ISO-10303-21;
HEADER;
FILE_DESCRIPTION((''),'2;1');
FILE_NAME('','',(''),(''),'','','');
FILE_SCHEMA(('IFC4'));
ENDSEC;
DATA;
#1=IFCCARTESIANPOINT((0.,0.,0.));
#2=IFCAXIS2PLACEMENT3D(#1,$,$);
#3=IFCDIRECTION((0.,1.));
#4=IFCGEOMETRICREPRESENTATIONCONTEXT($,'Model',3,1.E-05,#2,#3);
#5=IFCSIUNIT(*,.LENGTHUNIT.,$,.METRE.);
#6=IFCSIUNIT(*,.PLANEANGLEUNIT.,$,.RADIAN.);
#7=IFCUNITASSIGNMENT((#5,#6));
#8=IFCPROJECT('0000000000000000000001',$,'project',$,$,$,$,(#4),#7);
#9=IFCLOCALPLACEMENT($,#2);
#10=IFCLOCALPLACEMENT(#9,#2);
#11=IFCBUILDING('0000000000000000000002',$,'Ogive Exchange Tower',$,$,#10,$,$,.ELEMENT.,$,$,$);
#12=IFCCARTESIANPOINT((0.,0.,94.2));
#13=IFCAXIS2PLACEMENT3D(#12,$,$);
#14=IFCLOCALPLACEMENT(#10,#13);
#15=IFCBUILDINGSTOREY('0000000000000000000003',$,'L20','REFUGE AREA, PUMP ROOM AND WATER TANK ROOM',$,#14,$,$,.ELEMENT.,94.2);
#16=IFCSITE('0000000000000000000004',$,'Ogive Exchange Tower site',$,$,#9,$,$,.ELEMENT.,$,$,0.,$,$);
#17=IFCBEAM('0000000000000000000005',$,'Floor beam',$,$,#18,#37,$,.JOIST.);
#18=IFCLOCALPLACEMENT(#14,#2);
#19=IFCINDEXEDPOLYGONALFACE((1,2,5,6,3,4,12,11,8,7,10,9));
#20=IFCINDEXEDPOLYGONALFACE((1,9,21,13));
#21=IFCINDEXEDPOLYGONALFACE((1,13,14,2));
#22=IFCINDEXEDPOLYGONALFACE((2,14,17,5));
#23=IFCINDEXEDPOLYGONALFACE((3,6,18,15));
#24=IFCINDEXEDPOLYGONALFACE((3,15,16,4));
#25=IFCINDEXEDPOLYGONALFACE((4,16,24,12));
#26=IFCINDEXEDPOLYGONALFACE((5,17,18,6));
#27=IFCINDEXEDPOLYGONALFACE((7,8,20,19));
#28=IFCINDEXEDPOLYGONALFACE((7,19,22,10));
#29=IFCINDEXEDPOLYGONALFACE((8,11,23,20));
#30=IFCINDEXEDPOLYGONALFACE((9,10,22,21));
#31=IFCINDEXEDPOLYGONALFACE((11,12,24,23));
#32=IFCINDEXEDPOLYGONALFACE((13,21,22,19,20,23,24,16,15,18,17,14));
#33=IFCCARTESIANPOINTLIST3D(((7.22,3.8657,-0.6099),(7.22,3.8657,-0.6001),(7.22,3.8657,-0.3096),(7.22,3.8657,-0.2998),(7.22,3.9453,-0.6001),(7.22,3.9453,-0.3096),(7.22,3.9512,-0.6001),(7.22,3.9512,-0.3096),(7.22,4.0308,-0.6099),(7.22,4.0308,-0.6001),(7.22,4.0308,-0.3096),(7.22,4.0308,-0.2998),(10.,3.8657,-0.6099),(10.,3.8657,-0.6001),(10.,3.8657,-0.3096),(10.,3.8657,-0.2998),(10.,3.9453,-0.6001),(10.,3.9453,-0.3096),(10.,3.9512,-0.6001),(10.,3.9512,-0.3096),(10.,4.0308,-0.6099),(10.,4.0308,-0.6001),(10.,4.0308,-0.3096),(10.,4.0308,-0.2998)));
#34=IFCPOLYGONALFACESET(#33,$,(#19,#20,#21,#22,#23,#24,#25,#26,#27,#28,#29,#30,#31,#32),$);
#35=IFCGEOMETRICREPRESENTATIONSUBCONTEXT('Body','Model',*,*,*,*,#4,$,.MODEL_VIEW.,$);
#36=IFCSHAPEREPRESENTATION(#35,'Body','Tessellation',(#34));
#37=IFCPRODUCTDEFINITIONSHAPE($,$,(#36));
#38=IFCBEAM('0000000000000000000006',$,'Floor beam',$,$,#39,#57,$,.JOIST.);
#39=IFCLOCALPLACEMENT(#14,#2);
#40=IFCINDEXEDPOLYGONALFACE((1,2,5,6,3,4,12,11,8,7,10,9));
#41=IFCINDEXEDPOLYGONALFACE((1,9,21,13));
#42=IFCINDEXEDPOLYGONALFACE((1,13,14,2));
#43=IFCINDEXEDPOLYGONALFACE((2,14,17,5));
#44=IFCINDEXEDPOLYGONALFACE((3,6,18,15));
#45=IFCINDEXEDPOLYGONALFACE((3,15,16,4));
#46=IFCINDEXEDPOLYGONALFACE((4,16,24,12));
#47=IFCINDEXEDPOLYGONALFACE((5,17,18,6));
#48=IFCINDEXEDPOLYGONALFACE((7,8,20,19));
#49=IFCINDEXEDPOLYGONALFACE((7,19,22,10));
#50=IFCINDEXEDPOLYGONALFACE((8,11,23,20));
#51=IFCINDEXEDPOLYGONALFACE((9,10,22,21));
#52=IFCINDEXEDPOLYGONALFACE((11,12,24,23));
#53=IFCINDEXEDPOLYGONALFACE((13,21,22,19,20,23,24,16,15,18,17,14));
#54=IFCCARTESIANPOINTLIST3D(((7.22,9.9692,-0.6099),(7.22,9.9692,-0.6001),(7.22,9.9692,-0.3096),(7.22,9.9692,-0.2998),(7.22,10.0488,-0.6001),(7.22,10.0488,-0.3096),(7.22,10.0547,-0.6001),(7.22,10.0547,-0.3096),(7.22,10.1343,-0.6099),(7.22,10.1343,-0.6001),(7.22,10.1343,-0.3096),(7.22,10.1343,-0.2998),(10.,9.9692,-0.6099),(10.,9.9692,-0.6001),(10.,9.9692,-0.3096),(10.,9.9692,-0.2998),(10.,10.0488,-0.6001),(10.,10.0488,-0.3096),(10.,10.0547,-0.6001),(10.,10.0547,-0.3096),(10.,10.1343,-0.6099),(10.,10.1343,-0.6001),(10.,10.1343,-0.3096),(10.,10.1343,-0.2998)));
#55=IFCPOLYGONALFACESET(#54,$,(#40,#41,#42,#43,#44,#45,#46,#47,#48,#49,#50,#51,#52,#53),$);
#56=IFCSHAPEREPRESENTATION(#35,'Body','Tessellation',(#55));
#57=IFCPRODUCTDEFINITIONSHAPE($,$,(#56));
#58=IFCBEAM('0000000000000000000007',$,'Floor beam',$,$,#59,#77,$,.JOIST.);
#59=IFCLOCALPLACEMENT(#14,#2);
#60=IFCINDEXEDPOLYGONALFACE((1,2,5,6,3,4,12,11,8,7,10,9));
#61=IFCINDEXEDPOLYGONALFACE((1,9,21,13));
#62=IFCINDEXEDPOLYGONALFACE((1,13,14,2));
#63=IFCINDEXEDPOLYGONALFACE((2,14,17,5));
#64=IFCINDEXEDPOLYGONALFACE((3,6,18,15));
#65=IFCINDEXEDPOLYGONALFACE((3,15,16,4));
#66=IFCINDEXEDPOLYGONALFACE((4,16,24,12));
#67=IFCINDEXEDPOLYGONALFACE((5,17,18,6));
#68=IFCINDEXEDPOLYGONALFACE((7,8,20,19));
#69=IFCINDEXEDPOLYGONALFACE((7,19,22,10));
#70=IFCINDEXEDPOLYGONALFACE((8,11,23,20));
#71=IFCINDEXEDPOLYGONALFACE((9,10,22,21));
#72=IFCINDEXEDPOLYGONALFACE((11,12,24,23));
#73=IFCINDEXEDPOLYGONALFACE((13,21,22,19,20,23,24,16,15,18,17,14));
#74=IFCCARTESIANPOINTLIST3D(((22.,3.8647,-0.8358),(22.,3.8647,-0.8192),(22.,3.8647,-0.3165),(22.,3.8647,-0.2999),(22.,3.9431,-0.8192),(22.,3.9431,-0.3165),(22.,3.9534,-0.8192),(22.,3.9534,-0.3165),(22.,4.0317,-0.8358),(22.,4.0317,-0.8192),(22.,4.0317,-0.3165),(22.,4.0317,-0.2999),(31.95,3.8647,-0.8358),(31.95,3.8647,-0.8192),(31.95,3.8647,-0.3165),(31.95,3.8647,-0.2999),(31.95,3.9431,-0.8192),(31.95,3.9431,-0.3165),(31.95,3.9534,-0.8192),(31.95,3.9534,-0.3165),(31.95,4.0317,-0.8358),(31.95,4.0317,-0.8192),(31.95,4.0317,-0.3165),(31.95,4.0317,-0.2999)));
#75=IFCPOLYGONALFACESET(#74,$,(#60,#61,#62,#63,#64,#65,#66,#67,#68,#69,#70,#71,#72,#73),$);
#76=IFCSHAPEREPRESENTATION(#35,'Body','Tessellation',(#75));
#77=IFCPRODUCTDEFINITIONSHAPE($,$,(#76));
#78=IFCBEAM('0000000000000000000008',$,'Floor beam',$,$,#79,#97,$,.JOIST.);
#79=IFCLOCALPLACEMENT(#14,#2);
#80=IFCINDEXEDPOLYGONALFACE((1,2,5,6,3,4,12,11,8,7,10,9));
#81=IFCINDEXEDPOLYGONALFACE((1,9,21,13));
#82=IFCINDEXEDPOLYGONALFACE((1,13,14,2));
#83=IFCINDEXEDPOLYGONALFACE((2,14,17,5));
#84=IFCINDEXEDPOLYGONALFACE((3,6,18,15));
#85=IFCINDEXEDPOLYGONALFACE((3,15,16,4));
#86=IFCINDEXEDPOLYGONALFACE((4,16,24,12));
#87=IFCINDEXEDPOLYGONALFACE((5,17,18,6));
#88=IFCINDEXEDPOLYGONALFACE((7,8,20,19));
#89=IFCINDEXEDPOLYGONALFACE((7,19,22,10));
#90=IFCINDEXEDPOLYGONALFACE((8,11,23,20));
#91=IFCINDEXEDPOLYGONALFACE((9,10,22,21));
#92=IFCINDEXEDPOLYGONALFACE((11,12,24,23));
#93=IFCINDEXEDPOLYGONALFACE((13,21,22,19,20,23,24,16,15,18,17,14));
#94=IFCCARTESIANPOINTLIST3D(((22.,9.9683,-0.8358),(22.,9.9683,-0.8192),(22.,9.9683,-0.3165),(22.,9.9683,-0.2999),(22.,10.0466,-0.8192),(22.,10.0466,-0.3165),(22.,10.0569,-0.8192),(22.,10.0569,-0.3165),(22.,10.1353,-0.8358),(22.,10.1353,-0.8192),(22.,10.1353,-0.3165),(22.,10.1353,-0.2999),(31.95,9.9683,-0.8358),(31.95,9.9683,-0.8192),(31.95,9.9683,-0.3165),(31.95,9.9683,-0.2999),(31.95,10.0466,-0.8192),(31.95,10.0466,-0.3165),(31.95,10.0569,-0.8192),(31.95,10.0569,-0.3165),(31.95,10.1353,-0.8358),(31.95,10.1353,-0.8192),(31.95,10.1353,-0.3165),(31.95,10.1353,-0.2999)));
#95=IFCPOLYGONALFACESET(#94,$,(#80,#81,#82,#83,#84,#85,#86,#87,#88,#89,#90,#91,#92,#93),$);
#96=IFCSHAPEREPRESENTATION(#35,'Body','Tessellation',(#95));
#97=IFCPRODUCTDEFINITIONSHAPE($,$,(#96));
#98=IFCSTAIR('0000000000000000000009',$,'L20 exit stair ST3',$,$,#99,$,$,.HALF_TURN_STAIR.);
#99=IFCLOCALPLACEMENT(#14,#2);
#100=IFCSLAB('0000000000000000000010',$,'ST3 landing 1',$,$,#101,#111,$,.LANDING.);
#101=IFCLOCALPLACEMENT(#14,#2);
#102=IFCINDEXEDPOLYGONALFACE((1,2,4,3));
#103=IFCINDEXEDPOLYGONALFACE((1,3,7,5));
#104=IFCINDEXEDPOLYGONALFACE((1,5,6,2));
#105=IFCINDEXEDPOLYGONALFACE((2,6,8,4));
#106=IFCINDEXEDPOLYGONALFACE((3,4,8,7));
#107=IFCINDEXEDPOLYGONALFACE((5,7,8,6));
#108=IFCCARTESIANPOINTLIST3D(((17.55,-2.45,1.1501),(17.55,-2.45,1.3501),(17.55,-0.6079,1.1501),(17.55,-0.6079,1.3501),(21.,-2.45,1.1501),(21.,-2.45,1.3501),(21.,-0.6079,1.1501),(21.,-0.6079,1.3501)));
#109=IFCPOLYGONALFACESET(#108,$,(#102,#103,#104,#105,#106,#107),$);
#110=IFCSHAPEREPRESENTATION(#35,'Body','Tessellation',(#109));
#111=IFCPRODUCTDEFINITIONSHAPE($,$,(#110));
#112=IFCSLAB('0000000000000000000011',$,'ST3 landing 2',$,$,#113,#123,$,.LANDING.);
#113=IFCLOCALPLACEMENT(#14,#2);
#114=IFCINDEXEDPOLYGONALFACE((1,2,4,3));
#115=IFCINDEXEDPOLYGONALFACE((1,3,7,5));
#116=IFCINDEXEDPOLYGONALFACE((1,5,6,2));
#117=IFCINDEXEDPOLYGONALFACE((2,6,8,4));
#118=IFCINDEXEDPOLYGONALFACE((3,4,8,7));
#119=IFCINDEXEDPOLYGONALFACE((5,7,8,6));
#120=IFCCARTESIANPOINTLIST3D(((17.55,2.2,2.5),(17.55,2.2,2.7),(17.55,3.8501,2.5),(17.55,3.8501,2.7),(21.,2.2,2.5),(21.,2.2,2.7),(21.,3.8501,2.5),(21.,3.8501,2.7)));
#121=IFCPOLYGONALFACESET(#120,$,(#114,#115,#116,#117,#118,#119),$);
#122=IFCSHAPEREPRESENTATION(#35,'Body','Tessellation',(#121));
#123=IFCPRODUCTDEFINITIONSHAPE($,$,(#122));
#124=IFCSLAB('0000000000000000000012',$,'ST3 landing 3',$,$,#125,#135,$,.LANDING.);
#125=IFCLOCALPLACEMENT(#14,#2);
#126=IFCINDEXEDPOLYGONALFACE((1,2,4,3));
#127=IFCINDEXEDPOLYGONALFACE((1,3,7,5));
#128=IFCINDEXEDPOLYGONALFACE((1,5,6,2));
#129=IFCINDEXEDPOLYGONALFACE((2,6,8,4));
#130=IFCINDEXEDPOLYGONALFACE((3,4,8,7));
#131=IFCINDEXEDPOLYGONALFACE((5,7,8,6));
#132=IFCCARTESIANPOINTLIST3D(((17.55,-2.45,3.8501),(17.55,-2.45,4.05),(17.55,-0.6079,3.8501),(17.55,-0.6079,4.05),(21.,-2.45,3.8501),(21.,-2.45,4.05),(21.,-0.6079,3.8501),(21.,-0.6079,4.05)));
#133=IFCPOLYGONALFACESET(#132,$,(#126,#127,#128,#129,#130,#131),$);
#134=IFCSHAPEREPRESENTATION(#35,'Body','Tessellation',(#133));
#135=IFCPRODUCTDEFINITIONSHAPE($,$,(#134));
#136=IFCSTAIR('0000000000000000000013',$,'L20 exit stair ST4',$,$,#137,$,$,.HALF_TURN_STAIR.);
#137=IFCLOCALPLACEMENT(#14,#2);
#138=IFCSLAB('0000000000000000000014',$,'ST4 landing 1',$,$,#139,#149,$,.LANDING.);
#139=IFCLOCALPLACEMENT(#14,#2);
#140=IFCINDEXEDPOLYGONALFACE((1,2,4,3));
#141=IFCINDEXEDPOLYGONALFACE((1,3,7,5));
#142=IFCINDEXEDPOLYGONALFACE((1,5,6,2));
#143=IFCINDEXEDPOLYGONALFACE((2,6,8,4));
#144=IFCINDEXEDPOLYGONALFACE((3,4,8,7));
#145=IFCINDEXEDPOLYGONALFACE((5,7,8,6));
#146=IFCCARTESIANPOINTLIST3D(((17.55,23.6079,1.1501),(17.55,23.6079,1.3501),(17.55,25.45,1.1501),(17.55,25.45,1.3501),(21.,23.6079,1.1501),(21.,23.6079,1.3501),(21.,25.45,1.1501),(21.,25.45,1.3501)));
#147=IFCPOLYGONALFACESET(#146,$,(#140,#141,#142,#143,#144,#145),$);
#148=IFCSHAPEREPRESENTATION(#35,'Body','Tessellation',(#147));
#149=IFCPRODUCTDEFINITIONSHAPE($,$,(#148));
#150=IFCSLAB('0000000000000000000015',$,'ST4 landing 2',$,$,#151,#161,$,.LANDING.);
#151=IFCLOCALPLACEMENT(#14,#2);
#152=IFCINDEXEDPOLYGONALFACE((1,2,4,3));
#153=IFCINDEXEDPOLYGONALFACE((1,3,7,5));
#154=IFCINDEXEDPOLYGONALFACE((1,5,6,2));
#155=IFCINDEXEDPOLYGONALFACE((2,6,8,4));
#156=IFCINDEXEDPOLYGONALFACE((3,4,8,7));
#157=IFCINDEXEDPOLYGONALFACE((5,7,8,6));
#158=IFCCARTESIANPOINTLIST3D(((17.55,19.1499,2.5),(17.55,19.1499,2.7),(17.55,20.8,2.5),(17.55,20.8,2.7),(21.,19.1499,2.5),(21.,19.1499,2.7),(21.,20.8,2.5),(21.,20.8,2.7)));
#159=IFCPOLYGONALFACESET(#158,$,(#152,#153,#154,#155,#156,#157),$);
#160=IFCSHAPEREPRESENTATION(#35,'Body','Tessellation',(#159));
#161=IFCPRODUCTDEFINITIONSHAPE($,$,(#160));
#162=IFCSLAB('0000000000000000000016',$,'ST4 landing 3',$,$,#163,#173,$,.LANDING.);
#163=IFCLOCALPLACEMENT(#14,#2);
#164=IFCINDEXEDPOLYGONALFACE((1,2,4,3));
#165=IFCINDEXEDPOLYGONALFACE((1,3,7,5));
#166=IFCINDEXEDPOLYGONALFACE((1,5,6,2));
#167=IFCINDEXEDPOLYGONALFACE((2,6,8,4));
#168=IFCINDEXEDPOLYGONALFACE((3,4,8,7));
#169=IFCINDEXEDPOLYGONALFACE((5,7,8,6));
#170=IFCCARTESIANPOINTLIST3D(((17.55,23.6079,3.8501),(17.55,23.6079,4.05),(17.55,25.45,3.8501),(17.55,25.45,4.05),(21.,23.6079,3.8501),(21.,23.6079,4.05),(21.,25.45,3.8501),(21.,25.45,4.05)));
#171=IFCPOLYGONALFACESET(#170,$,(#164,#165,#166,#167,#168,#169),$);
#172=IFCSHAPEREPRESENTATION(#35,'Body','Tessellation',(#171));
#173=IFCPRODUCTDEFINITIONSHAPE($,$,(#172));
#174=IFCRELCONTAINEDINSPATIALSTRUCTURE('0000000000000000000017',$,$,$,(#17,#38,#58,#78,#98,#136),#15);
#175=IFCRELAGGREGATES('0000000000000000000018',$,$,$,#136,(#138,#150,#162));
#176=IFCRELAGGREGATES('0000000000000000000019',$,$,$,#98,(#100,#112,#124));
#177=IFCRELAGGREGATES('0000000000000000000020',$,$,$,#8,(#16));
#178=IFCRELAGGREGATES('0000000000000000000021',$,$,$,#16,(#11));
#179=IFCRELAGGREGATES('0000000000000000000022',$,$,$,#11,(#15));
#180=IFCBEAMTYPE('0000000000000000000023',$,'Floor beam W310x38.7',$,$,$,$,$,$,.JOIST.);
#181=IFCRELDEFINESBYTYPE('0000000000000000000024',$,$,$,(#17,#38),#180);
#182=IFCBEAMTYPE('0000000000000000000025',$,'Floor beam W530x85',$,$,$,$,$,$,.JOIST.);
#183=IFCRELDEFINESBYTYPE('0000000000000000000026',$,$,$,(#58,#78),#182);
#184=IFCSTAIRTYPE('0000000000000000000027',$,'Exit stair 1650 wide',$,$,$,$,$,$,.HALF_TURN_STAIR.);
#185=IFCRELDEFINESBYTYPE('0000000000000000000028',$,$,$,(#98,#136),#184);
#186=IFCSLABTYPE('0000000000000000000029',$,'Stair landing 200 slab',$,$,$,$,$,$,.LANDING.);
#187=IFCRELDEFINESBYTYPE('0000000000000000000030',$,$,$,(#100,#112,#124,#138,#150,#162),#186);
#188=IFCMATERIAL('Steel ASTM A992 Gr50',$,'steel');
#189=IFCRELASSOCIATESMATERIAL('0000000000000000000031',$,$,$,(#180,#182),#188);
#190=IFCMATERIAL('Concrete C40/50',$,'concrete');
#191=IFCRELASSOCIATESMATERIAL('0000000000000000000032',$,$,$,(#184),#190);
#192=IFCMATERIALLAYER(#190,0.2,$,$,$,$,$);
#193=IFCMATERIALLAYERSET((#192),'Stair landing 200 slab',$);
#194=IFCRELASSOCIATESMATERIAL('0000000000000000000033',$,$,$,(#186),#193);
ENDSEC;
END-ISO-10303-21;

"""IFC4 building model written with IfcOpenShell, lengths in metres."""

from ifc_helpers import new_model, si_unit, direction, frame, origin, origin_2d, place, context, subcontext, project, spatial, polyline, i_section, outline, extrude, material, layer, layer_set, material_profile, profile_set, type_object, element, aggregate, save


model = new_model("IFC4")

# Units and contexts
model_context = context("Model", 3, precision=1e-05, world=origin(), true_north=direction((0.0, 1.0)))
body_context = subcontext(model_context, "Body", "Model", "MODEL_VIEW")
ifc_project = project(units=[si_unit("LENGTHUNIT", "METRE"), si_unit("PLANEANGLEUNIT", "RADIAN")], contexts=[model_context])

# Site, building, storey
site_placement = place(None, origin())
site = spatial("IfcSite", under=ifc_project, at=site_placement, Name="Ogive Exchange Tower site", CompositionType="ELEMENT", RefElevation=0.0)
building_placement = place(site_placement, origin())
building = spatial("IfcBuilding", under=site, at=building_placement, Name="Ogive Exchange Tower", CompositionType="ELEMENT")
storey_placement = place(building_placement, frame((0.0, 0.0, 94.2)))
storey = spatial("IfcBuildingStorey", under=building, at=storey_placement, Name="L20", Description="REFUGE AREA, PUMP ROOM AND WATER TANK ROOM", CompositionType="ELEMENT", Elevation=94.2)

# Beams
ifc_material_1 = material(Name="Steel ASTM A992 Gr50", Category="steel")
ifc_material_profile_1 = material_profile(ifc_material_1, i_section(OverallWidth=0.165, OverallDepth=0.3101, WebThickness=0.0059, FlangeThickness=0.0098, at=origin_2d()), Name="W310x38.7")
ifc_profile_set_1 = profile_set([ifc_material_profile_1], Name="Steel ASTM A992 Gr50")
beam_type_1 = type_object("IfcBeamType", Name="Floor beam W310x38.7", PredefinedType="JOIST", material=ifc_profile_set_1)
for number, where, z_axis, x_axis, name in (
    (1, (7.22, 3.9482, -0.4548), (1.0, 0.0, 0.0), (0.0, 1.0, 0.0), "Floor beam"),
    (2, (7.22, 10.0518, -0.4548), (1.0, 0.0, 0.0), (0.0, 1.0, 0.0), "Floor beam"),
):
    element("IfcBeam", number, at=place(storey_placement, frame(where, z_axis=z_axis, x_axis=x_axis)), inside=storey, type_object=beam_type_1, Name=name, PredefinedType="JOIST", context=body_context, shape_type="SweptSolid", body=[
        extrude(i_section(OverallWidth=0.165, OverallDepth=0.3101, WebThickness=0.0059, FlangeThickness=0.0098, at=origin_2d()), origin(), (0.0, 0.0, 1.0), 2.78),
    ])
ifc_material_profile_2 = material_profile(ifc_material_1, i_section(OverallWidth=0.167, OverallDepth=0.5359, WebThickness=0.0103, FlangeThickness=0.0166, at=origin_2d()), Name="W530x85")
ifc_profile_set_2 = profile_set([ifc_material_profile_2], Name="Steel ASTM A992 Gr50")
beam_type_2 = type_object("IfcBeamType", Name="Floor beam W530x85", PredefinedType="JOIST", material=ifc_profile_set_2)
for number, where, z_axis, x_axis, name in (
    (3, (22.0, 3.9482, -0.5679), (1.0, 0.0, 0.0), (0.0, 1.0, 0.0), "Floor beam"),
    (4, (22.0, 10.0518, -0.5679), (1.0, 0.0, 0.0), (0.0, 1.0, 0.0), "Floor beam"),
):
    element("IfcBeam", number, at=place(storey_placement, frame(where, z_axis=z_axis, x_axis=x_axis)), inside=storey, type_object=beam_type_2, Name=name, PredefinedType="JOIST", context=body_context, shape_type="SweptSolid", body=[
        extrude(i_section(OverallWidth=0.167, OverallDepth=0.5359, WebThickness=0.0103, FlangeThickness=0.0166, at=origin_2d()), origin(), (0.0, 0.0, 1.0), 9.95),
    ])

# Stairs, slabs
ifc_material_2 = material(Name="Concrete C40/50", Category="concrete")
stair_type = type_object("IfcStairType", Name="Exit stair 1650 wide", PredefinedType="HALF_TURN_STAIR", material=ifc_material_2)
stair_1_placement = place(storey_placement, origin())
stair_1 = element("IfcStair", 5, at=stair_1_placement, inside=storey, type_object=stair_type, Name="L20 exit stair ST3", PredefinedType="HALF_TURN_STAIR")
ifc_layer_1 = layer(ifc_material_2, 0.2)
ifc_layer_set_1 = layer_set([ifc_layer_1], Name="Stair landing 200 slab")
slab_type = type_object("IfcSlabType", Name="Stair landing 200 slab", PredefinedType="LANDING", material=ifc_layer_set_1)
slab_1_placement = place(storey_placement, frame((0.0, 0.0, 1.1501)))
slab_1 = element("IfcSlab", 6, at=slab_1_placement, type_object=slab_type, Name="ST3 landing 1", PredefinedType="LANDING", context=body_context, shape_type="SweptSolid", body=[
    extrude(outline(polyline([(17.55, -0.6079), (17.55, -2.45), (21.0, -2.45), (21.0, -0.6079), (17.55, -0.6079)])), origin(), (0.0, 0.0, 1.0), 0.2),
])
slab_2_placement = place(storey_placement, frame((0.0, 0.0, 2.5)))
slab_2 = element("IfcSlab", 7, at=slab_2_placement, type_object=slab_type, Name="ST3 landing 2", PredefinedType="LANDING", context=body_context, shape_type="SweptSolid", body=[
    extrude(outline(polyline([(17.55, 3.8501), (17.55, 2.2), (21.0, 2.2), (21.0, 3.8501), (17.55, 3.8501)])), origin(), (0.0, 0.0, 1.0), 0.2),
])
slab_3_placement = place(storey_placement, frame((0.0, 0.0, 3.8501)))
slab_3 = element("IfcSlab", 8, at=slab_3_placement, type_object=slab_type, Name="ST3 landing 3", PredefinedType="LANDING", context=body_context, shape_type="SweptSolid", body=[
    extrude(outline(polyline([(17.55, -0.6079), (17.55, -2.45), (21.0, -2.45), (21.0, -0.6079), (17.55, -0.6079)])), origin(), (0.0, 0.0, 1.0), 0.2),
])
stair_2_placement = place(storey_placement, origin())
stair_2 = element("IfcStair", 9, at=stair_2_placement, inside=storey, type_object=stair_type, Name="L20 exit stair ST4", PredefinedType="HALF_TURN_STAIR")
slab_4_placement = place(storey_placement, frame((0.0, 0.0, 1.1501)))
slab_4 = element("IfcSlab", 10, at=slab_4_placement, type_object=slab_type, Name="ST4 landing 1", PredefinedType="LANDING", context=body_context, shape_type="SweptSolid", body=[
    extrude(outline(polyline([(21.0, 23.6079), (21.0, 25.45), (17.55, 25.45), (17.55, 23.6079), (21.0, 23.6079)])), origin(), (0.0, 0.0, 1.0), 0.2),
])
slab_5_placement = place(storey_placement, frame((0.0, 0.0, 2.5)))
slab_5 = element("IfcSlab", 11, at=slab_5_placement, type_object=slab_type, Name="ST4 landing 2", PredefinedType="LANDING", context=body_context, shape_type="SweptSolid", body=[
    extrude(outline(polyline([(21.0, 19.1499), (21.0, 20.8), (17.55, 20.8), (17.55, 19.1499), (21.0, 19.1499)])), origin(), (0.0, 0.0, 1.0), 0.2),
])
slab_6_placement = place(storey_placement, frame((0.0, 0.0, 3.8501)))
slab_6 = element("IfcSlab", 12, at=slab_6_placement, type_object=slab_type, Name="ST4 landing 3", PredefinedType="LANDING", context=body_context, shape_type="SweptSolid", body=[
    extrude(outline(polyline([(21.0, 23.6079), (21.0, 25.45), (17.55, 25.45), (17.55, 23.6079), (21.0, 23.6079)])), origin(), (0.0, 0.0, 1.0), 0.2),
])
aggregate(stair_2, [slab_4, slab_5, slab_6])

aggregate(stair_1, [slab_1, slab_2, slab_3])

save(model, "model.ifc")
